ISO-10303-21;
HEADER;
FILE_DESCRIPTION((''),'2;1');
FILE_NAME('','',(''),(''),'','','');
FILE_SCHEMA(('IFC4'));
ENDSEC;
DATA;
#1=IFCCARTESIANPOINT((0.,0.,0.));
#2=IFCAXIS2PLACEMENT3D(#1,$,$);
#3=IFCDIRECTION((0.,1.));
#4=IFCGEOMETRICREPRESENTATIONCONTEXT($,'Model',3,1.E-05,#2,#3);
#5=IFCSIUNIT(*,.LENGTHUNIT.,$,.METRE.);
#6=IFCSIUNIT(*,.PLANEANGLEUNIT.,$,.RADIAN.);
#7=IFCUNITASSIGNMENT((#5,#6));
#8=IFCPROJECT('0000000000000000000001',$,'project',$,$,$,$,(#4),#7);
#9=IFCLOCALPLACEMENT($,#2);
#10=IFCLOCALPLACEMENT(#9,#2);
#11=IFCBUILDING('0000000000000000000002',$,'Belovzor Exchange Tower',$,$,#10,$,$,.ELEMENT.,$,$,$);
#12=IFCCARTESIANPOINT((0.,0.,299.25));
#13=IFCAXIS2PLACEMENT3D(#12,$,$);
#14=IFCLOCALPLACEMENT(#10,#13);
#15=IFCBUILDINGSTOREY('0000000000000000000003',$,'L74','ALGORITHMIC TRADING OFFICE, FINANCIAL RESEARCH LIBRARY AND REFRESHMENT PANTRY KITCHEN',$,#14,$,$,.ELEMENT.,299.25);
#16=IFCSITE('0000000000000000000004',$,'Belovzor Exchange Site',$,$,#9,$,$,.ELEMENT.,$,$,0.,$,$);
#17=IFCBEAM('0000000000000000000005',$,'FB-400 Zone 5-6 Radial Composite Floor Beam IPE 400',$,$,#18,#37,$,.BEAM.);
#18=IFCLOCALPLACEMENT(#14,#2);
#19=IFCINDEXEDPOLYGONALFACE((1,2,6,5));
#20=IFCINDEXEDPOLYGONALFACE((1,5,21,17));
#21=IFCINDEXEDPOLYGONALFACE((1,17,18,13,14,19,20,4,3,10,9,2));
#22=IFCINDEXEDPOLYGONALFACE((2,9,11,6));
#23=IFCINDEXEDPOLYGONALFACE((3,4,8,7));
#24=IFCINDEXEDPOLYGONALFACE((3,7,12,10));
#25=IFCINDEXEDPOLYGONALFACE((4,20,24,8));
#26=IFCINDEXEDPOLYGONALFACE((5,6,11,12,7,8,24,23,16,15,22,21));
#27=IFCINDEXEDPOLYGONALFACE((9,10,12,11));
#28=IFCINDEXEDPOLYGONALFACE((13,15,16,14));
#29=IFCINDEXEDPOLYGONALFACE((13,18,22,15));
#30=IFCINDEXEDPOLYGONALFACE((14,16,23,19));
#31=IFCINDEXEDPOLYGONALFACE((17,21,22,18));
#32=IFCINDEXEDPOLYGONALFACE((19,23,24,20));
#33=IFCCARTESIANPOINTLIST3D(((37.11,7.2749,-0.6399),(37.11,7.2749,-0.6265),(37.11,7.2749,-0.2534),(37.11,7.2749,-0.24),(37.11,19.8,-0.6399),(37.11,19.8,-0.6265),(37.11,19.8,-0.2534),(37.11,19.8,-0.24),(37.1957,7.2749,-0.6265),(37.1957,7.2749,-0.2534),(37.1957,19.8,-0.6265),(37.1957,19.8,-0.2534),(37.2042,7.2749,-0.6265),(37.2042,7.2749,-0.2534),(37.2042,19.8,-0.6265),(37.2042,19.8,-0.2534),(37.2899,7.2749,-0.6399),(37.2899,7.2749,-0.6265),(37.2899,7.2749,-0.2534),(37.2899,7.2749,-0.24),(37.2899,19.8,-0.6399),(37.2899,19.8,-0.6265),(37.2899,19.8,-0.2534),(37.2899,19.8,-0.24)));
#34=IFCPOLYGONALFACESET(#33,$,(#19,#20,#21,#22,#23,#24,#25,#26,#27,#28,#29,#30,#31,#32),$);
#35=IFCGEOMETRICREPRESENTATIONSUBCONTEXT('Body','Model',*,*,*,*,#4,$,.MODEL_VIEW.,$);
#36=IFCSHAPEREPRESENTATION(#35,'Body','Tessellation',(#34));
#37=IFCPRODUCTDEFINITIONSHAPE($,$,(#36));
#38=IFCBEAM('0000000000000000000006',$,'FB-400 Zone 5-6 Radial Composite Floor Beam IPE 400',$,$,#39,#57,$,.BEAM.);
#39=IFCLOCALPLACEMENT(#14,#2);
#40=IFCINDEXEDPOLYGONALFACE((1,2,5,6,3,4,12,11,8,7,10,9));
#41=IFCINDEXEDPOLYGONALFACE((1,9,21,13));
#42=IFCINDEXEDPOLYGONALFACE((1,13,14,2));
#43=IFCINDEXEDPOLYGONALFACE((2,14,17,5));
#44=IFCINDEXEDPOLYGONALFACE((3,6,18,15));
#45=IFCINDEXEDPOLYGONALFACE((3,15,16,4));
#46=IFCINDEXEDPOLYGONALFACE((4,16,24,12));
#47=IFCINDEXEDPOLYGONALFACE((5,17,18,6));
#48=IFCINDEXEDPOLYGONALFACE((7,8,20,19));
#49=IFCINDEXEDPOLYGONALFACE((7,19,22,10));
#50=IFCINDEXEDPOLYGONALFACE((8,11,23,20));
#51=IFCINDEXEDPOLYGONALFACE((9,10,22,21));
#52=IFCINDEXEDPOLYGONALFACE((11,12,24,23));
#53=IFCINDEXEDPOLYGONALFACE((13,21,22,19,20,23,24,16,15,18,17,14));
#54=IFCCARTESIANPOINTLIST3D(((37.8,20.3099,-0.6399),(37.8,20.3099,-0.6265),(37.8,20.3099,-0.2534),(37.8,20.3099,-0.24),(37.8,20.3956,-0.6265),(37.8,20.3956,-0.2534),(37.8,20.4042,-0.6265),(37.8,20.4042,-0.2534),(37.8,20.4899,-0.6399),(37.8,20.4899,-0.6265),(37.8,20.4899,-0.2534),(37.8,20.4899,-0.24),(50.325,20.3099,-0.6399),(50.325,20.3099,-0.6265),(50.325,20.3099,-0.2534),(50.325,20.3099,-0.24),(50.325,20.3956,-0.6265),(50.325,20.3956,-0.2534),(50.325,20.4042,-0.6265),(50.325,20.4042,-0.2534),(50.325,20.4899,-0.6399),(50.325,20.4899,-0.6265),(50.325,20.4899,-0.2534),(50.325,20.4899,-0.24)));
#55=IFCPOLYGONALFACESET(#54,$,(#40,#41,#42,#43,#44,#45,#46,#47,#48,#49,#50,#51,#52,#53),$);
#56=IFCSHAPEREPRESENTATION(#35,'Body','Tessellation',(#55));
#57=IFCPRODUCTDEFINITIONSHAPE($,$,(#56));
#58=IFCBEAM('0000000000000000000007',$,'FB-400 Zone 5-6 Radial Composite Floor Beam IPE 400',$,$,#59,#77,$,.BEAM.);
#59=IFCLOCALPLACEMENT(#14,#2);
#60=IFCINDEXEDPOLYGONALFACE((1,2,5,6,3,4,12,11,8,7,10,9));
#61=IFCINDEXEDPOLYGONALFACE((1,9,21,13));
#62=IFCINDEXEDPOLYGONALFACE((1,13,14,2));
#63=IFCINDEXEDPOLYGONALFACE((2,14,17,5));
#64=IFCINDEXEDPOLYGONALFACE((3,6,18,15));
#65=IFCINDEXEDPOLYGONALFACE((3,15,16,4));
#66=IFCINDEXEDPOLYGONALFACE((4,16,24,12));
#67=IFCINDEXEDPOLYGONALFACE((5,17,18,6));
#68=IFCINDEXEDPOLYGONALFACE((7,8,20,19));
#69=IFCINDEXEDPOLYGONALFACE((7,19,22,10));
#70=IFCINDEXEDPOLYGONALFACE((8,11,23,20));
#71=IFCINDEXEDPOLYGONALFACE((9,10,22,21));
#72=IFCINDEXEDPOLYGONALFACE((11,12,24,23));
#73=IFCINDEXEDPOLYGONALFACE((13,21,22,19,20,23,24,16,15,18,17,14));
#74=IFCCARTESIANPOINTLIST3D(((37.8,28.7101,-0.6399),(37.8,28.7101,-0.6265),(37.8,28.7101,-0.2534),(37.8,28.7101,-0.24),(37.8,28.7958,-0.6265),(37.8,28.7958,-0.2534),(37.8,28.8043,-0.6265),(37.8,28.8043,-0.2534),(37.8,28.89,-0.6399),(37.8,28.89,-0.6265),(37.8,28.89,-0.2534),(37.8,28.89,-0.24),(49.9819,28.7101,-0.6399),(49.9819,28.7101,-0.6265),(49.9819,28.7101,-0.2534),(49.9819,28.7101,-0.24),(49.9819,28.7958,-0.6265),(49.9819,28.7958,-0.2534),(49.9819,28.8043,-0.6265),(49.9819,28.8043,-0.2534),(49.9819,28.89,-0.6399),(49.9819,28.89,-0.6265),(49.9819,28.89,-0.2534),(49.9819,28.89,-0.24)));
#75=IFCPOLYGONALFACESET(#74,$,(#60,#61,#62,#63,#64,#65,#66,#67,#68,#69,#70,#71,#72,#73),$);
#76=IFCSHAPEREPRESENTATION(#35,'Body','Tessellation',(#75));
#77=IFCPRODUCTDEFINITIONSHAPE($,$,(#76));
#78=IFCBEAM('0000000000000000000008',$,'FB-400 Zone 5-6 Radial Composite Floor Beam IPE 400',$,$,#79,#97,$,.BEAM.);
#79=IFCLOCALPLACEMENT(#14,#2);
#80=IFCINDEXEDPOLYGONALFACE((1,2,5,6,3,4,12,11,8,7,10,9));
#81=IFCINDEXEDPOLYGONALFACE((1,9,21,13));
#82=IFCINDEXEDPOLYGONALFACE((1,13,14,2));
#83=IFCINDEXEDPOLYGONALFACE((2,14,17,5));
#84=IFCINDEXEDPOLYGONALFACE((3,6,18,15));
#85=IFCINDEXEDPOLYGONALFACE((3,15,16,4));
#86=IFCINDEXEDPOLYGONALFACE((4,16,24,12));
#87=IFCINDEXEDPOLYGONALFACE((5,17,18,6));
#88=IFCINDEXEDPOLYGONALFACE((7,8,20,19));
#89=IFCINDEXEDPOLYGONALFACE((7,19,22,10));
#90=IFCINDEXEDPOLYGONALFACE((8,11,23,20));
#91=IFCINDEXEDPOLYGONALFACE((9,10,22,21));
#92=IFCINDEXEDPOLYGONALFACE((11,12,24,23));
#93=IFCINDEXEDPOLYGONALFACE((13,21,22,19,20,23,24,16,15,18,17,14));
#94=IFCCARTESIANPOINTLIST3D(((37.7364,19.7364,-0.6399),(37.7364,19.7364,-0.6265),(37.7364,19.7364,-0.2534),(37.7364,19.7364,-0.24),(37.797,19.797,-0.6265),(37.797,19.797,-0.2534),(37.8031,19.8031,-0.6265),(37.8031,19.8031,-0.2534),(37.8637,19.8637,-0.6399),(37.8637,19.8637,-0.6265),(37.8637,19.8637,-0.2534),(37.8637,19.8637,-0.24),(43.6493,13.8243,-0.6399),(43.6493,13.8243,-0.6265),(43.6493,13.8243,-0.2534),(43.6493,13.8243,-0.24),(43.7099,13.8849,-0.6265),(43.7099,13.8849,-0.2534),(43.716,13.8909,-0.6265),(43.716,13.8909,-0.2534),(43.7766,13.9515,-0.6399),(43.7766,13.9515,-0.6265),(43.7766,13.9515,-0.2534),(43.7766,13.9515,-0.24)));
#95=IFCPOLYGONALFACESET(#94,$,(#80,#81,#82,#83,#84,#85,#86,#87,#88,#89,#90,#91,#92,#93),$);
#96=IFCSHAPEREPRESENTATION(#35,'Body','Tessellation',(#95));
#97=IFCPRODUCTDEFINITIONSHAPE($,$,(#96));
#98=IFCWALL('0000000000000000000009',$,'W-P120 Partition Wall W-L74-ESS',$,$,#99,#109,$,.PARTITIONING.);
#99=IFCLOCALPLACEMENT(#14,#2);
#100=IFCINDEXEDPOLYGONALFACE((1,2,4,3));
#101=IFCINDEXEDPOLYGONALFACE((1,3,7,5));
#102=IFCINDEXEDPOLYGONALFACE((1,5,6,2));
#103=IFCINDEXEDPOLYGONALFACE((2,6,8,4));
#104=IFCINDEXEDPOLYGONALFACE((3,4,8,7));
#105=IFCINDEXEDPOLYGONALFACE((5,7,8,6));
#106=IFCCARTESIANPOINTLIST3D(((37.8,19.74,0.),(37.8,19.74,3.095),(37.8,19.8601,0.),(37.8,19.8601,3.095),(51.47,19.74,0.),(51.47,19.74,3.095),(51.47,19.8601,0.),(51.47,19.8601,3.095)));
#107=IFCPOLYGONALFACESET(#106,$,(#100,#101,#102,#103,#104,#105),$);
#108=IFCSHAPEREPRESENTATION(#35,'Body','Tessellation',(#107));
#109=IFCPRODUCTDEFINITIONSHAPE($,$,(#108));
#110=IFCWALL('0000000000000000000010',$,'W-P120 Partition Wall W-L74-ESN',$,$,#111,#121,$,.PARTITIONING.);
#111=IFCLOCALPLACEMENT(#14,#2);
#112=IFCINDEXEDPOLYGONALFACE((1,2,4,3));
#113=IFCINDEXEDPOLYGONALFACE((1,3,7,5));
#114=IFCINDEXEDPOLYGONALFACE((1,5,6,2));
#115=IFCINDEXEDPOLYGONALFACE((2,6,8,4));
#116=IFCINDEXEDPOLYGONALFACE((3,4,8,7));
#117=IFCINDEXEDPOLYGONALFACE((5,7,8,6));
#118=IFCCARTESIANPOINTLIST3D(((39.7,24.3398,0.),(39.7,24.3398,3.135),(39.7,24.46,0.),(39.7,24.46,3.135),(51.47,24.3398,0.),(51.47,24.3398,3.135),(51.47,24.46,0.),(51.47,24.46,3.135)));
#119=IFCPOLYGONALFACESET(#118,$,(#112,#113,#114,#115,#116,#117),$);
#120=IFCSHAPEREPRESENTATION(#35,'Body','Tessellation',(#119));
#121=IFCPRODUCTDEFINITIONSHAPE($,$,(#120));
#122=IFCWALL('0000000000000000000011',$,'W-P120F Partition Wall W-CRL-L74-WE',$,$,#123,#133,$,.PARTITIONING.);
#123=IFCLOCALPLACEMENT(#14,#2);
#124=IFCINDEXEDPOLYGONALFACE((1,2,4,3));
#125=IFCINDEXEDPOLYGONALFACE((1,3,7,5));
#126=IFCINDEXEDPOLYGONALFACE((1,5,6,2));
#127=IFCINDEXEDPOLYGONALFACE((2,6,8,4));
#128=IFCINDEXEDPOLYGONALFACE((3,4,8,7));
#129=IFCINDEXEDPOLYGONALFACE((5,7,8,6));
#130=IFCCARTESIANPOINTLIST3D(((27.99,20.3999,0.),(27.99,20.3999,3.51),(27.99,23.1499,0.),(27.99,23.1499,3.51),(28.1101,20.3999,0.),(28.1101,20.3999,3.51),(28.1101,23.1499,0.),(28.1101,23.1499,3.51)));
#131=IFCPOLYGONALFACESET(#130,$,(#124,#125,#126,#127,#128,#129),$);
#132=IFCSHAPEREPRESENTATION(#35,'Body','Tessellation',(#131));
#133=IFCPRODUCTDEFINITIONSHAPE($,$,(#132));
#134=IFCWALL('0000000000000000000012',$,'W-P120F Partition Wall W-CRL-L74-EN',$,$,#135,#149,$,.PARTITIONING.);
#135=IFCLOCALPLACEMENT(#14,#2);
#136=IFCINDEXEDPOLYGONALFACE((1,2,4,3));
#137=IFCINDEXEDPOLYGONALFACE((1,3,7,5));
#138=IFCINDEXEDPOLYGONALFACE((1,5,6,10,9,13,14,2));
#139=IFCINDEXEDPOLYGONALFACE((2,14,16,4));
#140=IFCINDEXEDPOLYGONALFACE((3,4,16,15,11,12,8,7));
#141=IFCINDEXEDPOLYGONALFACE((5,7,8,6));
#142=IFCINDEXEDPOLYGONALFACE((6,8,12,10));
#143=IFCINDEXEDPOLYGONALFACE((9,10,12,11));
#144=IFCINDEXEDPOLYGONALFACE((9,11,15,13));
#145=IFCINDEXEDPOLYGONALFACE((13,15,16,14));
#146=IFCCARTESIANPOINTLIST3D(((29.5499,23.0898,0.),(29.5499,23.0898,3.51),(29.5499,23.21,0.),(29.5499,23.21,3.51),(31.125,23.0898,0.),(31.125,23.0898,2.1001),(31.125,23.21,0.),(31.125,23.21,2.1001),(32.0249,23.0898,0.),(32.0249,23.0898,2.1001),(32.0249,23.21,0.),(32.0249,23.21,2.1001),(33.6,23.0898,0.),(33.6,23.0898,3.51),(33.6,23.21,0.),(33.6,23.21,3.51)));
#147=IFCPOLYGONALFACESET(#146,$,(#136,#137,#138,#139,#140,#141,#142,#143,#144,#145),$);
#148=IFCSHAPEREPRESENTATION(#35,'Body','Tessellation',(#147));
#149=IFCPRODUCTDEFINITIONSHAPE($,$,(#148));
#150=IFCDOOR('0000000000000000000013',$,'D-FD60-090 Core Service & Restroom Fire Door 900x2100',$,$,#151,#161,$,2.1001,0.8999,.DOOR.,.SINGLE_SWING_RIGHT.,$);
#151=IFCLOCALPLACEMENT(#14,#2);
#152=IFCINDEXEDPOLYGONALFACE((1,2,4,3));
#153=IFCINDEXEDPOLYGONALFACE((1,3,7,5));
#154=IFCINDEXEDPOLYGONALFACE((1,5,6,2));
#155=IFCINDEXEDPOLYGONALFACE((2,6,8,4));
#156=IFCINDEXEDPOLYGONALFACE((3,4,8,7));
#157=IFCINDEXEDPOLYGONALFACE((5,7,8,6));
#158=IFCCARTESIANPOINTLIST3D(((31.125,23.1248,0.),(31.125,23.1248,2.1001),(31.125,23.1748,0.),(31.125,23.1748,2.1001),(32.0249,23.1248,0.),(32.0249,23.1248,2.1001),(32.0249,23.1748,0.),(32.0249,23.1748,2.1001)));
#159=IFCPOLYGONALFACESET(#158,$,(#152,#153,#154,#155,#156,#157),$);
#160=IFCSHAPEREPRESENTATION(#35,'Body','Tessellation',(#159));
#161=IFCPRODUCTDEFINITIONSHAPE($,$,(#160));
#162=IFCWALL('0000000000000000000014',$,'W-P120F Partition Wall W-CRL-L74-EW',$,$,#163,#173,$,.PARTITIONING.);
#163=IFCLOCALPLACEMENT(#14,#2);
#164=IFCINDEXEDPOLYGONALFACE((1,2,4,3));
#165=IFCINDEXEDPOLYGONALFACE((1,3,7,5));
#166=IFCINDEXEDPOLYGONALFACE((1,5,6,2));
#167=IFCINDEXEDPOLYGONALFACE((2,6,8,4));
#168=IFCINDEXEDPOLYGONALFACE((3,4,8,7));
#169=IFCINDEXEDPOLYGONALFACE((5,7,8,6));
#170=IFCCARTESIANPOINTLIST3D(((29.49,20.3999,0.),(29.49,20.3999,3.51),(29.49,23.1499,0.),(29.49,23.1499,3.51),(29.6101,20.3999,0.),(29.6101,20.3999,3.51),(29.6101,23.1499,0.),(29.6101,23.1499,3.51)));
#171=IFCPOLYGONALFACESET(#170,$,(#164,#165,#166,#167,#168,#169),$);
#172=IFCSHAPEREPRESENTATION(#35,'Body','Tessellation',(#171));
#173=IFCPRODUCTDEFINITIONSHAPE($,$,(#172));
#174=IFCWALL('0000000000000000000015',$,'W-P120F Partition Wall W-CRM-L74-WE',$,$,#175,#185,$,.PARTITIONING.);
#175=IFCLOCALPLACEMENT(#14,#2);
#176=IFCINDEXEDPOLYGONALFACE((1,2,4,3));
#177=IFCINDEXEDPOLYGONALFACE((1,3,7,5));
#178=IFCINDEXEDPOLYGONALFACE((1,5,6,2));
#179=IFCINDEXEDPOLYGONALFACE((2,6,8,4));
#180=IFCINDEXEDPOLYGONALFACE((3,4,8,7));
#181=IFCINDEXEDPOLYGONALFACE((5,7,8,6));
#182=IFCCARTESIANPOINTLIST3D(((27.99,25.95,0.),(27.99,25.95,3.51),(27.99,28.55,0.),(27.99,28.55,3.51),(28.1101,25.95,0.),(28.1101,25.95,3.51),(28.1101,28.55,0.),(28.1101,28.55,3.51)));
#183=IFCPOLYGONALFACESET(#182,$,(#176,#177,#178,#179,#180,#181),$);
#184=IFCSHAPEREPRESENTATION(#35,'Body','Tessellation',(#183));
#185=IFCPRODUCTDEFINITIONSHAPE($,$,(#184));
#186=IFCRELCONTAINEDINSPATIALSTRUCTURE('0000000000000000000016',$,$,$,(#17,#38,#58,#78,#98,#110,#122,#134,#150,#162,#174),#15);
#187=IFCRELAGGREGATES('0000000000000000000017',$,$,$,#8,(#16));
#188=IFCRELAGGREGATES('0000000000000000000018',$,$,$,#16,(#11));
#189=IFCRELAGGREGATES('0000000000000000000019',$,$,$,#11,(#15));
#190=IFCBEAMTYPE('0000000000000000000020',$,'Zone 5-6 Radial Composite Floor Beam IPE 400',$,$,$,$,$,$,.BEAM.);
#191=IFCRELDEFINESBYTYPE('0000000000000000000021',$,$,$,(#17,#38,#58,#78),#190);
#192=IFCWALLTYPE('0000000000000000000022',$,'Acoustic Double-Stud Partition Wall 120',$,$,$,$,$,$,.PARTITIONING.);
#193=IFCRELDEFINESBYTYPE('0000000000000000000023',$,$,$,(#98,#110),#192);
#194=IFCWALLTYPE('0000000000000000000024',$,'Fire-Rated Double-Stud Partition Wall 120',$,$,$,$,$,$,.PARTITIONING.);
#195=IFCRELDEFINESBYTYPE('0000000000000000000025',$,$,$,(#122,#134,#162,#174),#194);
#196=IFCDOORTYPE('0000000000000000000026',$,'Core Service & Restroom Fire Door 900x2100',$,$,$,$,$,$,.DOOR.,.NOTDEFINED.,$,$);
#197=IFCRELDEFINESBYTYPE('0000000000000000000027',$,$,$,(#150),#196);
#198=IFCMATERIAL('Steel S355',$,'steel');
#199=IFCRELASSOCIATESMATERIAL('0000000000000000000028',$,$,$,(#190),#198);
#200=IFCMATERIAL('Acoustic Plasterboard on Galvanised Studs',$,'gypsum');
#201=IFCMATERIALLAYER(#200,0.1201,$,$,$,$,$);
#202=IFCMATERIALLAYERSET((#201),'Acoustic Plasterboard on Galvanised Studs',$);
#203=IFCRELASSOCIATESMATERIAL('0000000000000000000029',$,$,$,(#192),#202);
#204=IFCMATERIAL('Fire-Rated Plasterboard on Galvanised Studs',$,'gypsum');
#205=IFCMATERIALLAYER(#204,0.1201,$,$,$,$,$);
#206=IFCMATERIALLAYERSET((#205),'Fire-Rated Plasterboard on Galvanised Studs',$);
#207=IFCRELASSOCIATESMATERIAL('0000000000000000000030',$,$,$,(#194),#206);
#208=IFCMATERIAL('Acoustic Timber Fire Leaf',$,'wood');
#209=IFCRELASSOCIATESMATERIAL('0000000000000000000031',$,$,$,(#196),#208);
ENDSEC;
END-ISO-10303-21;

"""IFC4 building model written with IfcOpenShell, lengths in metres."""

from ifc_helpers import new_model, si_unit, direction, frame, frame_2d, origin, origin_2d, place, context, subcontext, project, spatial, rectangle, i_section, extrude, material, layer, layer_set, material_profile, profile_set, type_object, element, fill, save


model = new_model("IFC4")

# Units and contexts
model_context = context("Model", 3, precision=1e-05, world=origin(), true_north=direction((0.0, 1.0)))
body_context = subcontext(model_context, "Body", "Model", "MODEL_VIEW")
ifc_project = project(units=[si_unit("LENGTHUNIT", "METRE"), si_unit("PLANEANGLEUNIT", "RADIAN")], contexts=[model_context])

# Site, building, storey
site_placement = place(None, origin())
site = spatial("IfcSite", under=ifc_project, at=site_placement, Name="Belovzor Exchange Site", CompositionType="ELEMENT", RefElevation=0.0)
building_placement = place(site_placement, origin())
building = spatial("IfcBuilding", under=site, at=building_placement, Name="Belovzor Exchange Tower", CompositionType="ELEMENT")
storey_placement = place(building_placement, frame((0.0, 0.0, 299.25)))
storey = spatial("IfcBuildingStorey", under=building, at=storey_placement, Name="L74", Description="ALGORITHMIC TRADING OFFICE, FINANCIAL RESEARCH LIBRARY AND REFRESHMENT PANTRY KITCHEN", CompositionType="ELEMENT", Elevation=299.25)

# Beams
ifc_material_1 = material(Name="Steel S355", Category="steel")
ifc_material_profile = material_profile(ifc_material_1, i_section(OverallWidth=0.1799, OverallDepth=0.3999, WebThickness=0.0085, FlangeThickness=0.0134, at=origin_2d()))
ifc_profile_set = profile_set([ifc_material_profile], Name="Steel S355")
beam_type = type_object("IfcBeamType", Name="Zone 5-6 Radial Composite Floor Beam IPE 400", PredefinedType="BEAM", material=ifc_profile_set)
beam_1_placement = place(storey_placement, frame((37.2, 19.8, -0.4399), z_axis=(0.0, -1.0, 0.0), x_axis=(1.0, 0.0, 0.0)))
element("IfcBeam", 1, at=beam_1_placement, inside=storey, type_object=beam_type, Name="FB-400 Zone 5-6 Radial Composite Floor Beam IPE 400", PredefinedType="BEAM", context=body_context, shape_type="SweptSolid", body=[
    extrude(i_section(OverallWidth=0.1799, OverallDepth=0.3999, WebThickness=0.0085, FlangeThickness=0.0134, at=origin_2d()), origin(), (0.0, 0.0, 1.0), 12.5251),
])
beam_2_placement = place(storey_placement, frame((37.8, 20.3999, -0.4399), z_axis=(1.0, 0.0, 0.0), x_axis=(0.0, 1.0, 0.0)))
element("IfcBeam", 2, at=beam_2_placement, inside=storey, type_object=beam_type, Name="FB-400 Zone 5-6 Radial Composite Floor Beam IPE 400", PredefinedType="BEAM", context=body_context, shape_type="SweptSolid", body=[
    extrude(i_section(OverallWidth=0.1799, OverallDepth=0.3999, WebThickness=0.0085, FlangeThickness=0.0134, at=origin_2d()), origin(), (0.0, 0.0, 1.0), 12.5249),
])
beam_3_placement = place(storey_placement, frame((37.8, 28.8, -0.4399), z_axis=(1.0, 0.0, 0.0), x_axis=(0.0, 1.0, 0.0)))
element("IfcBeam", 3, at=beam_3_placement, inside=storey, type_object=beam_type, Name="FB-400 Zone 5-6 Radial Composite Floor Beam IPE 400", PredefinedType="BEAM", context=body_context, shape_type="SweptSolid", body=[
    extrude(i_section(OverallWidth=0.1799, OverallDepth=0.3999, WebThickness=0.0085, FlangeThickness=0.0134, at=origin_2d()), origin(), (0.0, 0.0, 1.0), 12.1819),
])
beam_4_placement = place(storey_placement, frame((37.8, 19.8, -0.4399), z_axis=(0.707151, -0.707063, 0.0), x_axis=(0.707063, 0.707151, 0.0)))
element("IfcBeam", 4, at=beam_4_placement, inside=storey, type_object=beam_type, Name="FB-400 Zone 5-6 Radial Composite Floor Beam IPE 400", PredefinedType="BEAM", context=body_context, shape_type="SweptSolid", body=[
    extrude(i_section(OverallWidth=0.1799, OverallDepth=0.3999, WebThickness=0.0085, FlangeThickness=0.0134, at=origin_2d()), origin(), (0.0, 0.0, 1.0), 8.3616),
])

# Walls
ifc_material_2 = material(Name="Acoustic Plasterboard on Galvanised Studs", Category="gypsum")
ifc_layer_1 = layer(ifc_material_2, 0.1201)
ifc_layer_set_1 = layer_set([ifc_layer_1], Name="Acoustic Plasterboard on Galvanised Studs")
wall_type_1 = type_object("IfcWallType", Name="Acoustic Double-Stud Partition Wall 120", PredefinedType="PARTITIONING", material=ifc_layer_set_1)
wall_1_placement = place(storey_placement, frame((37.8, 19.8, 0.0), z_axis=(0.0, 0.0, 1.0), x_axis=(1.0, 0.0, 0.0)))
element("IfcWall", 5, at=wall_1_placement, inside=storey, type_object=wall_type_1, Name="W-P120 Partition Wall W-L74-ESS", PredefinedType="PARTITIONING", context=body_context, shape_type="SweptSolid", body=[
    extrude(rectangle(XDim=13.6699, YDim=0.1201, at=frame_2d((6.835, 0.0))), origin(), (0.0, 0.0, 1.0), 3.095),
])
wall_2_placement = place(storey_placement, frame((39.7, 24.3999, 0.0), z_axis=(0.0, 0.0, 1.0), x_axis=(1.0, 0.0, 0.0)))
element("IfcWall", 6, at=wall_2_placement, inside=storey, type_object=wall_type_1, Name="W-P120 Partition Wall W-L74-ESN", PredefinedType="PARTITIONING", context=body_context, shape_type="SweptSolid", body=[
    extrude(rectangle(XDim=11.77, YDim=0.1201, at=frame_2d((5.885, 0.0))), origin(), (0.0, 0.0, 1.0), 3.135),
])
ifc_material_3 = material(Name="Fire-Rated Plasterboard on Galvanised Studs", Category="gypsum")
ifc_layer_2 = layer(ifc_material_3, 0.1201)
ifc_layer_set_2 = layer_set([ifc_layer_2], Name="Fire-Rated Plasterboard on Galvanised Studs")
wall_type_2 = type_object("IfcWallType", Name="Fire-Rated Double-Stud Partition Wall 120", PredefinedType="PARTITIONING", material=ifc_layer_set_2)
wall_3_placement = place(storey_placement, frame((28.05, 20.3999, 0.0), z_axis=(0.0, 0.0, 1.0), x_axis=(0.0, 1.0, 0.0)))
element("IfcWall", 7, at=wall_3_placement, inside=storey, type_object=wall_type_2, Name="W-P120F Partition Wall W-CRL-L74-WE", PredefinedType="PARTITIONING", context=body_context, shape_type="SweptSolid", body=[
    extrude(rectangle(XDim=2.75, YDim=0.1201, at=frame_2d((1.375, 0.0))), origin(), (0.0, 0.0, 1.0), 3.51),
])

# Wall, opening, door
wall_4_placement = place(storey_placement, frame((29.55, 23.1499, 0.0), z_axis=(0.0, 0.0, 1.0), x_axis=(1.0, 0.0, 0.0)))
wall_4 = element("IfcWall", 8, at=wall_4_placement, inside=storey, type_object=wall_type_2, Name="W-P120F Partition Wall W-CRL-L74-EN", PredefinedType="PARTITIONING", context=body_context, shape_type="SweptSolid", body=[
    extrude(rectangle(XDim=4.05, YDim=0.1201, at=frame_2d((2.0249, 0.0))), origin(), (0.0, 0.0, 1.0), 3.51),
])
opening_1_placement = place(wall_4_placement, frame((1.575, 0.0, 0.0)))
opening_1 = element("IfcOpeningElement", 9, at=opening_1_placement, cuts=wall_4, PredefinedType="OPENING", context=body_context, shape_type="SweptSolid", body=[
    extrude(rectangle(XDim=0.8999, YDim=2.1001, at=frame_2d((0.45, 1.05))), frame((0.0, 0.0701, 0.0), z_axis=(0.0, -1.0, 0.0), x_axis=(1.0, 0.0, 0.0)), (0.0, 0.0, 1.0), 0.1401),
])
ifc_material_4 = material(Name="Acoustic Timber Fire Leaf", Category="wood")
door_type_1 = type_object("IfcDoorType", Name="Core Service & Restroom Fire Door 900x2100", OperationType="NOTDEFINED", PredefinedType="DOOR", material=ifc_material_4)
door_1_placement = place(opening_1_placement, origin())
door_1 = element("IfcDoor", 10, at=door_1_placement, inside=storey, type_object=door_type_1, Name="D-FD60-090 Core Service & Restroom Fire Door 900x2100", OperationType="SINGLE_SWING_RIGHT", OverallHeight=2.1001, OverallWidth=0.8999, PredefinedType="DOOR", context=body_context, shape_type="SweptSolid", body=[
    extrude(rectangle(XDim=0.8999, YDim=2.1001, at=frame_2d((0.45, 1.05))), frame((0.0, 0.0249, 0.0), z_axis=(0.0, -1.0, 0.0), x_axis=(1.0, 0.0, 0.0)), (0.0, 0.0, 1.0), 0.05),
])
fill(opening_1, door_1)

# Walls
wall_5_placement = place(storey_placement, frame((29.55, 20.3999, 0.0), z_axis=(0.0, 0.0, 1.0), x_axis=(0.0, 1.0, 0.0)))
element("IfcWall", 11, at=wall_5_placement, inside=storey, type_object=wall_type_2, Name="W-P120F Partition Wall W-CRL-L74-EW", PredefinedType="PARTITIONING", context=body_context, shape_type="SweptSolid", body=[
    extrude(rectangle(XDim=2.75, YDim=0.1201, at=frame_2d((1.375, 0.0))), origin(), (0.0, 0.0, 1.0), 3.51),
])
wall_6_placement = place(storey_placement, frame((28.05, 25.95, 0.0), z_axis=(0.0, 0.0, 1.0), x_axis=(0.0, 1.0, 0.0)))
element("IfcWall", 12, at=wall_6_placement, inside=storey, type_object=wall_type_2, Name="W-P120F Partition Wall W-CRM-L74-WE", PredefinedType="PARTITIONING", context=body_context, shape_type="SweptSolid", body=[
    extrude(rectangle(XDim=2.6001, YDim=0.1201, at=frame_2d((1.3, 0.0))), origin(), (0.0, 0.0, 1.0), 3.51),
])

save(model, "model.ifc")
